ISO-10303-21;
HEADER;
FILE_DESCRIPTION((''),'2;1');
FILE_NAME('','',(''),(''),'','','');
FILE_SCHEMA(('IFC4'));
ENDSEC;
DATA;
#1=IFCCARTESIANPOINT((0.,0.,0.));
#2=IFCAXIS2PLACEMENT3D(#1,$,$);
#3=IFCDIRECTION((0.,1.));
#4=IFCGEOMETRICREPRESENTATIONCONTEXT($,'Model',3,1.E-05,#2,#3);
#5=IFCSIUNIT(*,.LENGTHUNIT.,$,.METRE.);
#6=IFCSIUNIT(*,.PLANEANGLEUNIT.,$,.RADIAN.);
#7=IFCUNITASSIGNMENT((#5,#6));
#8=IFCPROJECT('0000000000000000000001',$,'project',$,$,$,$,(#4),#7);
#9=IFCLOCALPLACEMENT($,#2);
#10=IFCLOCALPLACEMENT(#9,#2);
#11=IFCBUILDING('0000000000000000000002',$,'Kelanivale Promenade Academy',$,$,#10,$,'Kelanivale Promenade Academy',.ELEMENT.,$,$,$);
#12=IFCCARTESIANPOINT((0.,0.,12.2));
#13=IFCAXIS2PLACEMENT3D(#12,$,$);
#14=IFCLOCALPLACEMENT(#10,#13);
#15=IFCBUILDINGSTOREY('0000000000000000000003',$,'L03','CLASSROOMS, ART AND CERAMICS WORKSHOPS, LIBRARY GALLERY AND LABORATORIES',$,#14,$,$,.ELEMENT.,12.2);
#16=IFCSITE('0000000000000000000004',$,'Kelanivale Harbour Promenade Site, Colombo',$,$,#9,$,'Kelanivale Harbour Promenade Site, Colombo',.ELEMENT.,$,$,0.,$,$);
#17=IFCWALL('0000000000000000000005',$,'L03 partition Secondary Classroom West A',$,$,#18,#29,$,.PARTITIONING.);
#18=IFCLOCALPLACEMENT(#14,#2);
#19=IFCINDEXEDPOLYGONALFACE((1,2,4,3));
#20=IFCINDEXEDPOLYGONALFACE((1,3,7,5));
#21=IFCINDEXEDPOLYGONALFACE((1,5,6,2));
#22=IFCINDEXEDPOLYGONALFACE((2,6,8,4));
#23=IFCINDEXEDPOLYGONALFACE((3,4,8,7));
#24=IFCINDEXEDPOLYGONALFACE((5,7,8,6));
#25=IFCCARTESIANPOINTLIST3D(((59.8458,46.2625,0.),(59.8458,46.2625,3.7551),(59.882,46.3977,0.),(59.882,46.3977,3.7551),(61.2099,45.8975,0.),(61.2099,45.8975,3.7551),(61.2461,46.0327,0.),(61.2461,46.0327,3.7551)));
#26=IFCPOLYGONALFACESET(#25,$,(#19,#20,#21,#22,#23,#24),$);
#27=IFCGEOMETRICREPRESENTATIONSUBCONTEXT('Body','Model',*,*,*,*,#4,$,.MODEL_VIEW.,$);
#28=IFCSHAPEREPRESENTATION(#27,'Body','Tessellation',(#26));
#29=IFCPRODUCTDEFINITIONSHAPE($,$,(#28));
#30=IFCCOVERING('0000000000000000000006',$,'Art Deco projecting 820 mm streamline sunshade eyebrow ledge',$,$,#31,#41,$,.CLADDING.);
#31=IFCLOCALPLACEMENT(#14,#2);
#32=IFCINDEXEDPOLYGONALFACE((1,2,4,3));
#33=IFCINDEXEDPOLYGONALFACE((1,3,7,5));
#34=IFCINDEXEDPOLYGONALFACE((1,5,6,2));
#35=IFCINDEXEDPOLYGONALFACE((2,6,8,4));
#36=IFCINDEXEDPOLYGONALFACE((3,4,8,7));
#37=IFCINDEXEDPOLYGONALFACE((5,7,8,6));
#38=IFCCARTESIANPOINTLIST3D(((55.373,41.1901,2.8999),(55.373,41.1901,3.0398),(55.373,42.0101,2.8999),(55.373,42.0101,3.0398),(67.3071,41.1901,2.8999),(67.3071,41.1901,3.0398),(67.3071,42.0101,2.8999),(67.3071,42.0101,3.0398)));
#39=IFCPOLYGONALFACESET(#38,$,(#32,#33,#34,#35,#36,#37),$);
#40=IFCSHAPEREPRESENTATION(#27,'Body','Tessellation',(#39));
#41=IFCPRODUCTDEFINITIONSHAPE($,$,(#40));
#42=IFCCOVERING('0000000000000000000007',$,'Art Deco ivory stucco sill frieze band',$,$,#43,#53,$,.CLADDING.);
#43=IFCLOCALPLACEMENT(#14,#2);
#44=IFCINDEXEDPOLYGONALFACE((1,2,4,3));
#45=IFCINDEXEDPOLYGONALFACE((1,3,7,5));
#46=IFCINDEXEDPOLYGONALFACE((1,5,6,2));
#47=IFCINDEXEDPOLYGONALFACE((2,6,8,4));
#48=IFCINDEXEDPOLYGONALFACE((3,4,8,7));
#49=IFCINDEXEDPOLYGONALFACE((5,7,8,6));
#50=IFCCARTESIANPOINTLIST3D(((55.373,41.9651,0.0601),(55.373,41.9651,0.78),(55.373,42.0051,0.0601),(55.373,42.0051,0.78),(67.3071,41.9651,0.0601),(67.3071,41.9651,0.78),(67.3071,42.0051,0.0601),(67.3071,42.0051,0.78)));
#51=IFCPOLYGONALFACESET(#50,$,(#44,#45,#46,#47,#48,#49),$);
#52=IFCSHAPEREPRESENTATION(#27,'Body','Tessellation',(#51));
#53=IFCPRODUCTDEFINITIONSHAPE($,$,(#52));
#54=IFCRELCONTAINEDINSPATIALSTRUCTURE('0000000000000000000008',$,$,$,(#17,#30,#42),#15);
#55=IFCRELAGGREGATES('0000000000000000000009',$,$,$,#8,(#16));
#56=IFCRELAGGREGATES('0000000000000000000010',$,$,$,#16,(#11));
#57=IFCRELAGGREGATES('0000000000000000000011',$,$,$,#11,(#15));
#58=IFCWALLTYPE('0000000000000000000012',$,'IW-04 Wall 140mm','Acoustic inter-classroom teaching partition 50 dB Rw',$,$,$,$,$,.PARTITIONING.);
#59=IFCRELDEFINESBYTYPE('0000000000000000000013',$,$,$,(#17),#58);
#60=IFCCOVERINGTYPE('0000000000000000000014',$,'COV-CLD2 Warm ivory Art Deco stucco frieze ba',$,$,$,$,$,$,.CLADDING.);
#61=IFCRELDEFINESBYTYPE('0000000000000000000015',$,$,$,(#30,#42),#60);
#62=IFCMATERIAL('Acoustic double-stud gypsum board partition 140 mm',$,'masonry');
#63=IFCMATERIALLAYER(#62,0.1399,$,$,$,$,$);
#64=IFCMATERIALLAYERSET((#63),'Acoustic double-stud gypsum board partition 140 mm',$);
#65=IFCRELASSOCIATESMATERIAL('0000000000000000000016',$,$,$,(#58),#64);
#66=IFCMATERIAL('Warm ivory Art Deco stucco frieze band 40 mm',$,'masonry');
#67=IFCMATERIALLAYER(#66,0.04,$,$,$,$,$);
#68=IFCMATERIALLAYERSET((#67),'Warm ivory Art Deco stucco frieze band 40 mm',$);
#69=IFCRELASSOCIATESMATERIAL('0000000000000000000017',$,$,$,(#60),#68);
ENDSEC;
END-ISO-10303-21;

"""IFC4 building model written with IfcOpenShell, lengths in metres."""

from ifc_helpers import new_model, si_unit, direction, frame, frame_2d, origin, origin_2d, place, context, subcontext, project, spatial, rectangle, extrude, material, layer, layer_set, type_object, element, save


model = new_model("IFC4")

# Units and contexts
model_context = context("Model", 3, precision=1e-05, world=origin(), true_north=direction((0.0, 1.0)))
body_context = subcontext(model_context, "Body", "Model", "MODEL_VIEW")
ifc_project = project(units=[si_unit("LENGTHUNIT", "METRE"), si_unit("PLANEANGLEUNIT", "RADIAN")], contexts=[model_context])

# Site, building, storey
site_placement = place(None, origin())
site = spatial("IfcSite", under=ifc_project, at=site_placement, Name="Kelanivale Harbour Promenade Site, Colombo", LongName="Kelanivale Harbour Promenade Site, Colombo", CompositionType="ELEMENT", RefElevation=0.0)
building_placement = place(site_placement, origin())
building = spatial("IfcBuilding", under=site, at=building_placement, Name="Kelanivale Promenade Academy", LongName="Kelanivale Promenade Academy", CompositionType="ELEMENT")
storey_placement = place(building_placement, frame((0.0, 0.0, 12.2)))
storey = spatial("IfcBuildingStorey", under=building, at=storey_placement, Name="L03", Description="CLASSROOMS, ART AND CERAMICS WORKSHOPS, LIBRARY GALLERY AND LABORATORIES", CompositionType="ELEMENT", Elevation=12.2)

# Wall
ifc_material_1 = material(Name="Acoustic double-stud gypsum board partition 140 mm", Category="masonry")
ifc_layer_1 = layer(ifc_material_1, 0.1399)
ifc_layer_set_1 = layer_set([ifc_layer_1], Name="Acoustic double-stud gypsum board partition 140 mm")
wall_type = type_object("IfcWallType", Name="IW-04 Wall 140mm", Description="Acoustic inter-classroom teaching partition 50 dB Rw", PredefinedType="PARTITIONING", material=ifc_layer_set_1)
wall_1_placement = place(storey_placement, frame((61.228, 45.9651, 0.0), z_axis=(0.0, 0.0, 1.0), x_axis=(-0.966014, 0.258491, 0.0)))
element("IfcWall", 1, at=wall_1_placement, inside=storey, type_object=wall_type, Name="L03 partition Secondary Classroom West A", PredefinedType="PARTITIONING", context=body_context, shape_type="SweptSolid", body=[
    extrude(rectangle(XDim=1.4121, YDim=0.1399, at=frame_2d((0.7061, 0.0))), origin(), (0.0, 0.0, 1.0), 3.7551),
])

# Coverings
ifc_material_2 = material(Name="Warm ivory Art Deco stucco frieze band 40 mm", Category="masonry")
ifc_layer_2 = layer(ifc_material_2, 0.04)
ifc_layer_set_2 = layer_set([ifc_layer_2], Name="Warm ivory Art Deco stucco frieze band 40 mm")
covering_type = type_object("IfcCoveringType", Name="COV-CLD2 Warm ivory Art Deco stucco frieze ba", PredefinedType="CLADDING", material=ifc_layer_set_2)
covering_1_placement = place(storey_placement, frame((61.3401, 41.6001, 2.8999), z_axis=(0.0, 0.0, 1.0), x_axis=(1.0, 0.0, 0.0)))
element("IfcCovering", 2, at=covering_1_placement, inside=storey, type_object=covering_type, Name="Art Deco projecting 820 mm streamline sunshade eyebrow ledge", PredefinedType="CLADDING", context=body_context, shape_type="SweptSolid", body=[
    extrude(rectangle(XDim=11.9341, YDim=0.8201, at=origin_2d()), origin(), (0.0, 0.0, 1.0), 0.1399),
])
covering_2_placement = place(storey_placement, frame((61.3401, 41.9851, 0.0601), z_axis=(0.0, 0.0, 1.0), x_axis=(1.0, 0.0, 0.0)))
element("IfcCovering", 3, at=covering_2_placement, inside=storey, type_object=covering_type, Name="Art Deco ivory stucco sill frieze band", PredefinedType="CLADDING", context=body_context, shape_type="SweptSolid", body=[
    extrude(rectangle(XDim=11.9341, YDim=0.04, at=origin_2d()), origin(), (0.0, 0.0, 1.0), 0.72),
])

save(model, "model.ifc")
